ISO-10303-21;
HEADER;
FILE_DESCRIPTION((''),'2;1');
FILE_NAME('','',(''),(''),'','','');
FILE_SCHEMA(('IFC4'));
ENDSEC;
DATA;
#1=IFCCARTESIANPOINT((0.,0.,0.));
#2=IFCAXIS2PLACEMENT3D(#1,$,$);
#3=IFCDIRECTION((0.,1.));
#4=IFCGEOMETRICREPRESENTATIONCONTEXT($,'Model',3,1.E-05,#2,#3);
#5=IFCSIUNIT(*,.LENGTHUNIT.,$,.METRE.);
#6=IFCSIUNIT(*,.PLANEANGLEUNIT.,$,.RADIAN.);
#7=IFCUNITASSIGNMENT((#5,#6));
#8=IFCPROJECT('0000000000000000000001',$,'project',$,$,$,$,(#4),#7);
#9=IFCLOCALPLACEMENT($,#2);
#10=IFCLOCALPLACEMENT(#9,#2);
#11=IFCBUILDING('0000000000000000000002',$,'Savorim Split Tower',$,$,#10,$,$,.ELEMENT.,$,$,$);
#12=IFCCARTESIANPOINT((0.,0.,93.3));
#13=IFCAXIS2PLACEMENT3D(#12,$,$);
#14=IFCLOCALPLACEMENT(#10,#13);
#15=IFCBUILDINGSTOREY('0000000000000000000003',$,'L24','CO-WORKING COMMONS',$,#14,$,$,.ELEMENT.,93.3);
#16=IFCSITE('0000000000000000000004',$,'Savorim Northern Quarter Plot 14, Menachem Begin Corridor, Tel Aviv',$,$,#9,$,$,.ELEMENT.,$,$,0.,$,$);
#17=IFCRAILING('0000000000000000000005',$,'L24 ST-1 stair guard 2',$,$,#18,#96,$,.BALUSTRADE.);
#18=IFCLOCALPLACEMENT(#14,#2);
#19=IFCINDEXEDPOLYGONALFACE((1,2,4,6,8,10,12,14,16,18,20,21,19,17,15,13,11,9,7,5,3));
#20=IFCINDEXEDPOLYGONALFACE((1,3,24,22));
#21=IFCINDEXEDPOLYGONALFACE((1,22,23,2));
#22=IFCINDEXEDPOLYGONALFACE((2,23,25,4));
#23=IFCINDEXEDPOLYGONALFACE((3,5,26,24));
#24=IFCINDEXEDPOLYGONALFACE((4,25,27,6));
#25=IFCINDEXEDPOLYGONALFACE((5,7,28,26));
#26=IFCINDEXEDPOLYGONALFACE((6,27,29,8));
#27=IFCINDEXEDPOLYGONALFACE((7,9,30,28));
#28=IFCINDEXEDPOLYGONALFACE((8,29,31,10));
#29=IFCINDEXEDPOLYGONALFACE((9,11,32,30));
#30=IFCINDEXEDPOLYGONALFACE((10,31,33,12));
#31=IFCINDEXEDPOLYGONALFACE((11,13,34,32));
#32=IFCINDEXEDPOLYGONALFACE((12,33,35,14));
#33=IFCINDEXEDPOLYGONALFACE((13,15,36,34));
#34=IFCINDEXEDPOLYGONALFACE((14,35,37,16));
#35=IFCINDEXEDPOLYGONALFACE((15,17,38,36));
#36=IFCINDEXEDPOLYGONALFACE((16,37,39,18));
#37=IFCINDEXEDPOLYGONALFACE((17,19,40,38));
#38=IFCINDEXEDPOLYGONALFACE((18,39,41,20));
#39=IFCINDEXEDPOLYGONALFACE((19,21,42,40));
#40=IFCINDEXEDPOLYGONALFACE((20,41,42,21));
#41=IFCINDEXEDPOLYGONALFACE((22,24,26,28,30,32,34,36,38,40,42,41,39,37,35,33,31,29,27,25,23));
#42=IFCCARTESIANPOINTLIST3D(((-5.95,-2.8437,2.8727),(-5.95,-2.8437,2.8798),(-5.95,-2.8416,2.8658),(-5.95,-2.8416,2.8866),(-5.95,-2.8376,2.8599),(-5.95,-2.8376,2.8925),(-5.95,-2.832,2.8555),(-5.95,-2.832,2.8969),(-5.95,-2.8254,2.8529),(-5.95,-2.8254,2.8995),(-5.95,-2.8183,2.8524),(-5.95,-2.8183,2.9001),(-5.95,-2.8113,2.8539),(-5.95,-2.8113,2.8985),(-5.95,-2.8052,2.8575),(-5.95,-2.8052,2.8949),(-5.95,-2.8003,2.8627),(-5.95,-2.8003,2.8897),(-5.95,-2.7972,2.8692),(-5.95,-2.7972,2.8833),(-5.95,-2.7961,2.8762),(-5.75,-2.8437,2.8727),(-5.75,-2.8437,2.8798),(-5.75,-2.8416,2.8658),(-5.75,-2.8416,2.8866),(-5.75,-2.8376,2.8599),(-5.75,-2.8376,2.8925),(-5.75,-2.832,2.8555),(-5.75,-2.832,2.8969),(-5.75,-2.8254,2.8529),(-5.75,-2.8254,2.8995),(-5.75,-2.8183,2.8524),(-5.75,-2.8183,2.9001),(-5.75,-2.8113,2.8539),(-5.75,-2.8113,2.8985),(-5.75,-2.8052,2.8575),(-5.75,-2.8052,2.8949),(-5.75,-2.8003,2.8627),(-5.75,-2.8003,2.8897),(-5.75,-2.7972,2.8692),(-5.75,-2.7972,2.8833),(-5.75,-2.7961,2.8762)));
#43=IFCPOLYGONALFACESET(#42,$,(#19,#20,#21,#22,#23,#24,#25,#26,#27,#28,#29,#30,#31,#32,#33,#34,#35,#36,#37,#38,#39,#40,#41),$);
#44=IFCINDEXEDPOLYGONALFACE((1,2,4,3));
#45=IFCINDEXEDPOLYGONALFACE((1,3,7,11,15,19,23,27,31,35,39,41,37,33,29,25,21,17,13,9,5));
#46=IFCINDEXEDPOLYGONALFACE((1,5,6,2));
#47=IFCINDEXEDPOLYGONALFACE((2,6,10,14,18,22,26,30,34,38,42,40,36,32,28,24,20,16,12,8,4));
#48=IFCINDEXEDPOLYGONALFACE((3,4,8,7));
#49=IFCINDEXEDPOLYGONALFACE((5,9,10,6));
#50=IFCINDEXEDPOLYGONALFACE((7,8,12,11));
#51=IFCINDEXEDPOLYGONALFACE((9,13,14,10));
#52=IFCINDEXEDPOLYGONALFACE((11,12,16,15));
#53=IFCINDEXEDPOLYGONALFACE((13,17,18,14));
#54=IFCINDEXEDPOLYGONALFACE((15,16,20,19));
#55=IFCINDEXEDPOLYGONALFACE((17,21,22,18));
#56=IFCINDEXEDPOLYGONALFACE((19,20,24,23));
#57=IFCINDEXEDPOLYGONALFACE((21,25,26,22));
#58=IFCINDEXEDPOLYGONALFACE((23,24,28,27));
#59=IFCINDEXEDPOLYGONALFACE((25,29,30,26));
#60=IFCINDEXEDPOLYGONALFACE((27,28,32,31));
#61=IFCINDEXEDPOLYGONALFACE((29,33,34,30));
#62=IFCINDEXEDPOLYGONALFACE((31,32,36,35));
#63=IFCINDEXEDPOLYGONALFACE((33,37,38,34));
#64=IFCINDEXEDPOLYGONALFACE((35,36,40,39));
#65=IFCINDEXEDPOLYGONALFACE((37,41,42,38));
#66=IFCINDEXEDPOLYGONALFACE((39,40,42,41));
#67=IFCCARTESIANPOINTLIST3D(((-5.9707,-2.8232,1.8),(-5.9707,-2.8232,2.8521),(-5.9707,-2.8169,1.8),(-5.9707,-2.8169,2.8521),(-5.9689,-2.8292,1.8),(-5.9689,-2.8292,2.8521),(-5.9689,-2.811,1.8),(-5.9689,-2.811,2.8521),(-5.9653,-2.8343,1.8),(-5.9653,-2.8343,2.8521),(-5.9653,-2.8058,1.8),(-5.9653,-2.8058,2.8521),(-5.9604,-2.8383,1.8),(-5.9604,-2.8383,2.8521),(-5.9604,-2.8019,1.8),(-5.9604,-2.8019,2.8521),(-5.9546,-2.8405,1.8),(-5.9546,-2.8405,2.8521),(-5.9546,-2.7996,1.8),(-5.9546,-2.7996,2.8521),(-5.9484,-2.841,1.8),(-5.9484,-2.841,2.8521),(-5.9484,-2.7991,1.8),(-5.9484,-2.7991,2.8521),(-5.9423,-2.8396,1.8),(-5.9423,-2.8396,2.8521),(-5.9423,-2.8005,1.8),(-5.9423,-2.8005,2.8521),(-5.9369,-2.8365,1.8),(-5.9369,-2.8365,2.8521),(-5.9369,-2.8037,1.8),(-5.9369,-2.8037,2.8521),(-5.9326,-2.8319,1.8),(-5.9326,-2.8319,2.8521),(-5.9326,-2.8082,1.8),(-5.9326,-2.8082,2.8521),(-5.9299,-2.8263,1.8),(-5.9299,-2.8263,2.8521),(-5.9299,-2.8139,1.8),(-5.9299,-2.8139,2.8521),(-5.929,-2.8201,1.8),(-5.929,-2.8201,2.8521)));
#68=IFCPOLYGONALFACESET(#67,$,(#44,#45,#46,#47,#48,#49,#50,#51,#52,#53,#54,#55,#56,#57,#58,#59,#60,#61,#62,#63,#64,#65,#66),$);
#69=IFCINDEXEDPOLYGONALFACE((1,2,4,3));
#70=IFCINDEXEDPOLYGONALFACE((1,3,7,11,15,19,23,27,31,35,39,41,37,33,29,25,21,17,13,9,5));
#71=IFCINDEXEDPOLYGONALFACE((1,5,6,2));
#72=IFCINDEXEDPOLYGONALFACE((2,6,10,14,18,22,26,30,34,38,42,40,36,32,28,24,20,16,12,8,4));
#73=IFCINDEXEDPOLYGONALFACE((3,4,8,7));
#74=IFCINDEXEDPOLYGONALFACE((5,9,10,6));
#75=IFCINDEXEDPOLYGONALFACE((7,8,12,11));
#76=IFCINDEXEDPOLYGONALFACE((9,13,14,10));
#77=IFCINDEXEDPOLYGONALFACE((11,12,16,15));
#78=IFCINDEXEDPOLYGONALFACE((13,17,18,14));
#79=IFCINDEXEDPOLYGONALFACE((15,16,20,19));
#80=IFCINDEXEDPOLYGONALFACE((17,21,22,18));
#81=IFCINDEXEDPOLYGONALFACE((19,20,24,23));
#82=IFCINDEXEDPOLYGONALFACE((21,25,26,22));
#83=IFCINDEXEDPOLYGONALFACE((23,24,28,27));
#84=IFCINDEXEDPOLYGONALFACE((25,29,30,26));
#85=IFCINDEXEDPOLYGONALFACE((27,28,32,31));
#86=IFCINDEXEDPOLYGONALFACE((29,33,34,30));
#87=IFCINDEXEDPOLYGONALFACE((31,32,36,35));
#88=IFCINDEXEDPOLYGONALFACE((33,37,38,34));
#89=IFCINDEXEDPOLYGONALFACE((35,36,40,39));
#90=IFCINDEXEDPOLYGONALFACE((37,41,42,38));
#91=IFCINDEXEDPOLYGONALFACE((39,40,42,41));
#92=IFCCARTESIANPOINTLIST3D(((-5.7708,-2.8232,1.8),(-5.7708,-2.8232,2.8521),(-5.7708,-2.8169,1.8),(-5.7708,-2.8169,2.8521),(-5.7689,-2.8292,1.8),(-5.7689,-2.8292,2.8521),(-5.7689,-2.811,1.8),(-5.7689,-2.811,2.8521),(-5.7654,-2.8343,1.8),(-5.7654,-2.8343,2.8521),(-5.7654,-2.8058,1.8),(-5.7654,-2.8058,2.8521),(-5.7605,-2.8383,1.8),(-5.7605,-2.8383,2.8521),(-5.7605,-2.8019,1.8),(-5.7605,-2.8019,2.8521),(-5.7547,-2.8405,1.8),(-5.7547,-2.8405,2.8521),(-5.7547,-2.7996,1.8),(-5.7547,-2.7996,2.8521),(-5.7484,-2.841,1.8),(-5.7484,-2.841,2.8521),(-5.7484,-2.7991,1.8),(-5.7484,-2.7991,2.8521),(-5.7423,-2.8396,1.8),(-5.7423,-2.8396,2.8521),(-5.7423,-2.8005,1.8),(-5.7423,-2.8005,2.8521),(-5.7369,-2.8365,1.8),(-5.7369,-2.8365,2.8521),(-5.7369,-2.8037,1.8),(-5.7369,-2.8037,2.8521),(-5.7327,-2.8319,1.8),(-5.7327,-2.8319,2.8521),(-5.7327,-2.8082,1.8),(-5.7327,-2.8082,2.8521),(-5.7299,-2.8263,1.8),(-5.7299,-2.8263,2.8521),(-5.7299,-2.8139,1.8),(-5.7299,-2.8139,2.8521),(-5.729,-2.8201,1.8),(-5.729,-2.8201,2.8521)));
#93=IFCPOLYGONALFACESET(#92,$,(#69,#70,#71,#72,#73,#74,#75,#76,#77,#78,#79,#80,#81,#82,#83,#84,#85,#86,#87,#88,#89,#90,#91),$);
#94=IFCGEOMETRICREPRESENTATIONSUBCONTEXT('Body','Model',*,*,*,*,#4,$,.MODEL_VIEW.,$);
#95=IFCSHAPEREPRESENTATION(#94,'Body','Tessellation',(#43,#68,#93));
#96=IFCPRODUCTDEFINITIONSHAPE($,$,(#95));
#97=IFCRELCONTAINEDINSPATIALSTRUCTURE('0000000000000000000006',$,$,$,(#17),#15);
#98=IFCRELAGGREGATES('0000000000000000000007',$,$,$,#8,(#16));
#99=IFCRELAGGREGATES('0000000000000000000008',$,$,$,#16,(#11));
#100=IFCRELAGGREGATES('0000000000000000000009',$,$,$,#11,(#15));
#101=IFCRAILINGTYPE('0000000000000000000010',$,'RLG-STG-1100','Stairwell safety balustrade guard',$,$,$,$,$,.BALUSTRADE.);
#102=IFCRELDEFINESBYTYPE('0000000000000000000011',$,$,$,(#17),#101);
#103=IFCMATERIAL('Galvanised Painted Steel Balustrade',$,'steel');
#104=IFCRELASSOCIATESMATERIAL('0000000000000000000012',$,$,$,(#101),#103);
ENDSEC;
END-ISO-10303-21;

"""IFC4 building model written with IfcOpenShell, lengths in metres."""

from ifc_helpers import new_model, si_unit, direction, frame, origin, origin_2d, place, context, subcontext, project, spatial, circle, extrude, material, type_object, element, save


model = new_model("IFC4")

# Units and contexts
model_context = context("Model", 3, precision=1e-05, world=origin(), true_north=direction((0.0, 1.0)))
body_context = subcontext(model_context, "Body", "Model", "MODEL_VIEW")
ifc_project = project(units=[si_unit("LENGTHUNIT", "METRE"), si_unit("PLANEANGLEUNIT", "RADIAN")], contexts=[model_context])

# Site, building, storey
site_placement = place(None, origin())
site = spatial("IfcSite", under=ifc_project, at=site_placement, Name="Savorim Northern Quarter Plot 14, Menachem Begin Corridor, Tel Aviv", CompositionType="ELEMENT", RefElevation=0.0)
building_placement = place(site_placement, origin())
building = spatial("IfcBuilding", under=site, at=building_placement, Name="Savorim Split Tower", CompositionType="ELEMENT")
storey_placement = place(building_placement, frame((0.0, 0.0, 93.3)))
storey = spatial("IfcBuildingStorey", under=building, at=storey_placement, Name="L24", Description="CO-WORKING COMMONS", CompositionType="ELEMENT", Elevation=93.3)

# Railing
ifc_material_1 = material(Name="Galvanised Painted Steel Balustrade", Category="steel")
railing_type_1 = type_object("IfcRailingType", Name="RLG-STG-1100", Description="Stairwell safety balustrade guard", PredefinedType="BALUSTRADE", material=ifc_material_1)
railing_1_placement = place(storey_placement, frame((-5.95, -2.8201, 1.8)))
element("IfcRailing", 1, at=railing_1_placement, inside=storey, type_object=railing_type_1, Name="L24 ST-1 stair guard 2", PredefinedType="BALUSTRADE", context=body_context, shape_type="SweptSolid", body=[
    extrude(circle(Radius=0.0239, at=origin_2d()), frame((0.0, 0.0, 1.0762), z_axis=(1.0, 0.0, 0.0), x_axis=(0.0, 1.0, 0.0)), (0.0, 0.0, 1.0), 0.2),
    extrude(circle(Radius=0.021, at=origin_2d()), origin(), (0.0, 0.0, 1.0), 1.052),
    extrude(circle(Radius=0.021, at=origin_2d()), frame((0.2, 0.0, 0.0)), (0.0, 0.0, 1.0), 1.052),
])

save(model, "model.ifc")
